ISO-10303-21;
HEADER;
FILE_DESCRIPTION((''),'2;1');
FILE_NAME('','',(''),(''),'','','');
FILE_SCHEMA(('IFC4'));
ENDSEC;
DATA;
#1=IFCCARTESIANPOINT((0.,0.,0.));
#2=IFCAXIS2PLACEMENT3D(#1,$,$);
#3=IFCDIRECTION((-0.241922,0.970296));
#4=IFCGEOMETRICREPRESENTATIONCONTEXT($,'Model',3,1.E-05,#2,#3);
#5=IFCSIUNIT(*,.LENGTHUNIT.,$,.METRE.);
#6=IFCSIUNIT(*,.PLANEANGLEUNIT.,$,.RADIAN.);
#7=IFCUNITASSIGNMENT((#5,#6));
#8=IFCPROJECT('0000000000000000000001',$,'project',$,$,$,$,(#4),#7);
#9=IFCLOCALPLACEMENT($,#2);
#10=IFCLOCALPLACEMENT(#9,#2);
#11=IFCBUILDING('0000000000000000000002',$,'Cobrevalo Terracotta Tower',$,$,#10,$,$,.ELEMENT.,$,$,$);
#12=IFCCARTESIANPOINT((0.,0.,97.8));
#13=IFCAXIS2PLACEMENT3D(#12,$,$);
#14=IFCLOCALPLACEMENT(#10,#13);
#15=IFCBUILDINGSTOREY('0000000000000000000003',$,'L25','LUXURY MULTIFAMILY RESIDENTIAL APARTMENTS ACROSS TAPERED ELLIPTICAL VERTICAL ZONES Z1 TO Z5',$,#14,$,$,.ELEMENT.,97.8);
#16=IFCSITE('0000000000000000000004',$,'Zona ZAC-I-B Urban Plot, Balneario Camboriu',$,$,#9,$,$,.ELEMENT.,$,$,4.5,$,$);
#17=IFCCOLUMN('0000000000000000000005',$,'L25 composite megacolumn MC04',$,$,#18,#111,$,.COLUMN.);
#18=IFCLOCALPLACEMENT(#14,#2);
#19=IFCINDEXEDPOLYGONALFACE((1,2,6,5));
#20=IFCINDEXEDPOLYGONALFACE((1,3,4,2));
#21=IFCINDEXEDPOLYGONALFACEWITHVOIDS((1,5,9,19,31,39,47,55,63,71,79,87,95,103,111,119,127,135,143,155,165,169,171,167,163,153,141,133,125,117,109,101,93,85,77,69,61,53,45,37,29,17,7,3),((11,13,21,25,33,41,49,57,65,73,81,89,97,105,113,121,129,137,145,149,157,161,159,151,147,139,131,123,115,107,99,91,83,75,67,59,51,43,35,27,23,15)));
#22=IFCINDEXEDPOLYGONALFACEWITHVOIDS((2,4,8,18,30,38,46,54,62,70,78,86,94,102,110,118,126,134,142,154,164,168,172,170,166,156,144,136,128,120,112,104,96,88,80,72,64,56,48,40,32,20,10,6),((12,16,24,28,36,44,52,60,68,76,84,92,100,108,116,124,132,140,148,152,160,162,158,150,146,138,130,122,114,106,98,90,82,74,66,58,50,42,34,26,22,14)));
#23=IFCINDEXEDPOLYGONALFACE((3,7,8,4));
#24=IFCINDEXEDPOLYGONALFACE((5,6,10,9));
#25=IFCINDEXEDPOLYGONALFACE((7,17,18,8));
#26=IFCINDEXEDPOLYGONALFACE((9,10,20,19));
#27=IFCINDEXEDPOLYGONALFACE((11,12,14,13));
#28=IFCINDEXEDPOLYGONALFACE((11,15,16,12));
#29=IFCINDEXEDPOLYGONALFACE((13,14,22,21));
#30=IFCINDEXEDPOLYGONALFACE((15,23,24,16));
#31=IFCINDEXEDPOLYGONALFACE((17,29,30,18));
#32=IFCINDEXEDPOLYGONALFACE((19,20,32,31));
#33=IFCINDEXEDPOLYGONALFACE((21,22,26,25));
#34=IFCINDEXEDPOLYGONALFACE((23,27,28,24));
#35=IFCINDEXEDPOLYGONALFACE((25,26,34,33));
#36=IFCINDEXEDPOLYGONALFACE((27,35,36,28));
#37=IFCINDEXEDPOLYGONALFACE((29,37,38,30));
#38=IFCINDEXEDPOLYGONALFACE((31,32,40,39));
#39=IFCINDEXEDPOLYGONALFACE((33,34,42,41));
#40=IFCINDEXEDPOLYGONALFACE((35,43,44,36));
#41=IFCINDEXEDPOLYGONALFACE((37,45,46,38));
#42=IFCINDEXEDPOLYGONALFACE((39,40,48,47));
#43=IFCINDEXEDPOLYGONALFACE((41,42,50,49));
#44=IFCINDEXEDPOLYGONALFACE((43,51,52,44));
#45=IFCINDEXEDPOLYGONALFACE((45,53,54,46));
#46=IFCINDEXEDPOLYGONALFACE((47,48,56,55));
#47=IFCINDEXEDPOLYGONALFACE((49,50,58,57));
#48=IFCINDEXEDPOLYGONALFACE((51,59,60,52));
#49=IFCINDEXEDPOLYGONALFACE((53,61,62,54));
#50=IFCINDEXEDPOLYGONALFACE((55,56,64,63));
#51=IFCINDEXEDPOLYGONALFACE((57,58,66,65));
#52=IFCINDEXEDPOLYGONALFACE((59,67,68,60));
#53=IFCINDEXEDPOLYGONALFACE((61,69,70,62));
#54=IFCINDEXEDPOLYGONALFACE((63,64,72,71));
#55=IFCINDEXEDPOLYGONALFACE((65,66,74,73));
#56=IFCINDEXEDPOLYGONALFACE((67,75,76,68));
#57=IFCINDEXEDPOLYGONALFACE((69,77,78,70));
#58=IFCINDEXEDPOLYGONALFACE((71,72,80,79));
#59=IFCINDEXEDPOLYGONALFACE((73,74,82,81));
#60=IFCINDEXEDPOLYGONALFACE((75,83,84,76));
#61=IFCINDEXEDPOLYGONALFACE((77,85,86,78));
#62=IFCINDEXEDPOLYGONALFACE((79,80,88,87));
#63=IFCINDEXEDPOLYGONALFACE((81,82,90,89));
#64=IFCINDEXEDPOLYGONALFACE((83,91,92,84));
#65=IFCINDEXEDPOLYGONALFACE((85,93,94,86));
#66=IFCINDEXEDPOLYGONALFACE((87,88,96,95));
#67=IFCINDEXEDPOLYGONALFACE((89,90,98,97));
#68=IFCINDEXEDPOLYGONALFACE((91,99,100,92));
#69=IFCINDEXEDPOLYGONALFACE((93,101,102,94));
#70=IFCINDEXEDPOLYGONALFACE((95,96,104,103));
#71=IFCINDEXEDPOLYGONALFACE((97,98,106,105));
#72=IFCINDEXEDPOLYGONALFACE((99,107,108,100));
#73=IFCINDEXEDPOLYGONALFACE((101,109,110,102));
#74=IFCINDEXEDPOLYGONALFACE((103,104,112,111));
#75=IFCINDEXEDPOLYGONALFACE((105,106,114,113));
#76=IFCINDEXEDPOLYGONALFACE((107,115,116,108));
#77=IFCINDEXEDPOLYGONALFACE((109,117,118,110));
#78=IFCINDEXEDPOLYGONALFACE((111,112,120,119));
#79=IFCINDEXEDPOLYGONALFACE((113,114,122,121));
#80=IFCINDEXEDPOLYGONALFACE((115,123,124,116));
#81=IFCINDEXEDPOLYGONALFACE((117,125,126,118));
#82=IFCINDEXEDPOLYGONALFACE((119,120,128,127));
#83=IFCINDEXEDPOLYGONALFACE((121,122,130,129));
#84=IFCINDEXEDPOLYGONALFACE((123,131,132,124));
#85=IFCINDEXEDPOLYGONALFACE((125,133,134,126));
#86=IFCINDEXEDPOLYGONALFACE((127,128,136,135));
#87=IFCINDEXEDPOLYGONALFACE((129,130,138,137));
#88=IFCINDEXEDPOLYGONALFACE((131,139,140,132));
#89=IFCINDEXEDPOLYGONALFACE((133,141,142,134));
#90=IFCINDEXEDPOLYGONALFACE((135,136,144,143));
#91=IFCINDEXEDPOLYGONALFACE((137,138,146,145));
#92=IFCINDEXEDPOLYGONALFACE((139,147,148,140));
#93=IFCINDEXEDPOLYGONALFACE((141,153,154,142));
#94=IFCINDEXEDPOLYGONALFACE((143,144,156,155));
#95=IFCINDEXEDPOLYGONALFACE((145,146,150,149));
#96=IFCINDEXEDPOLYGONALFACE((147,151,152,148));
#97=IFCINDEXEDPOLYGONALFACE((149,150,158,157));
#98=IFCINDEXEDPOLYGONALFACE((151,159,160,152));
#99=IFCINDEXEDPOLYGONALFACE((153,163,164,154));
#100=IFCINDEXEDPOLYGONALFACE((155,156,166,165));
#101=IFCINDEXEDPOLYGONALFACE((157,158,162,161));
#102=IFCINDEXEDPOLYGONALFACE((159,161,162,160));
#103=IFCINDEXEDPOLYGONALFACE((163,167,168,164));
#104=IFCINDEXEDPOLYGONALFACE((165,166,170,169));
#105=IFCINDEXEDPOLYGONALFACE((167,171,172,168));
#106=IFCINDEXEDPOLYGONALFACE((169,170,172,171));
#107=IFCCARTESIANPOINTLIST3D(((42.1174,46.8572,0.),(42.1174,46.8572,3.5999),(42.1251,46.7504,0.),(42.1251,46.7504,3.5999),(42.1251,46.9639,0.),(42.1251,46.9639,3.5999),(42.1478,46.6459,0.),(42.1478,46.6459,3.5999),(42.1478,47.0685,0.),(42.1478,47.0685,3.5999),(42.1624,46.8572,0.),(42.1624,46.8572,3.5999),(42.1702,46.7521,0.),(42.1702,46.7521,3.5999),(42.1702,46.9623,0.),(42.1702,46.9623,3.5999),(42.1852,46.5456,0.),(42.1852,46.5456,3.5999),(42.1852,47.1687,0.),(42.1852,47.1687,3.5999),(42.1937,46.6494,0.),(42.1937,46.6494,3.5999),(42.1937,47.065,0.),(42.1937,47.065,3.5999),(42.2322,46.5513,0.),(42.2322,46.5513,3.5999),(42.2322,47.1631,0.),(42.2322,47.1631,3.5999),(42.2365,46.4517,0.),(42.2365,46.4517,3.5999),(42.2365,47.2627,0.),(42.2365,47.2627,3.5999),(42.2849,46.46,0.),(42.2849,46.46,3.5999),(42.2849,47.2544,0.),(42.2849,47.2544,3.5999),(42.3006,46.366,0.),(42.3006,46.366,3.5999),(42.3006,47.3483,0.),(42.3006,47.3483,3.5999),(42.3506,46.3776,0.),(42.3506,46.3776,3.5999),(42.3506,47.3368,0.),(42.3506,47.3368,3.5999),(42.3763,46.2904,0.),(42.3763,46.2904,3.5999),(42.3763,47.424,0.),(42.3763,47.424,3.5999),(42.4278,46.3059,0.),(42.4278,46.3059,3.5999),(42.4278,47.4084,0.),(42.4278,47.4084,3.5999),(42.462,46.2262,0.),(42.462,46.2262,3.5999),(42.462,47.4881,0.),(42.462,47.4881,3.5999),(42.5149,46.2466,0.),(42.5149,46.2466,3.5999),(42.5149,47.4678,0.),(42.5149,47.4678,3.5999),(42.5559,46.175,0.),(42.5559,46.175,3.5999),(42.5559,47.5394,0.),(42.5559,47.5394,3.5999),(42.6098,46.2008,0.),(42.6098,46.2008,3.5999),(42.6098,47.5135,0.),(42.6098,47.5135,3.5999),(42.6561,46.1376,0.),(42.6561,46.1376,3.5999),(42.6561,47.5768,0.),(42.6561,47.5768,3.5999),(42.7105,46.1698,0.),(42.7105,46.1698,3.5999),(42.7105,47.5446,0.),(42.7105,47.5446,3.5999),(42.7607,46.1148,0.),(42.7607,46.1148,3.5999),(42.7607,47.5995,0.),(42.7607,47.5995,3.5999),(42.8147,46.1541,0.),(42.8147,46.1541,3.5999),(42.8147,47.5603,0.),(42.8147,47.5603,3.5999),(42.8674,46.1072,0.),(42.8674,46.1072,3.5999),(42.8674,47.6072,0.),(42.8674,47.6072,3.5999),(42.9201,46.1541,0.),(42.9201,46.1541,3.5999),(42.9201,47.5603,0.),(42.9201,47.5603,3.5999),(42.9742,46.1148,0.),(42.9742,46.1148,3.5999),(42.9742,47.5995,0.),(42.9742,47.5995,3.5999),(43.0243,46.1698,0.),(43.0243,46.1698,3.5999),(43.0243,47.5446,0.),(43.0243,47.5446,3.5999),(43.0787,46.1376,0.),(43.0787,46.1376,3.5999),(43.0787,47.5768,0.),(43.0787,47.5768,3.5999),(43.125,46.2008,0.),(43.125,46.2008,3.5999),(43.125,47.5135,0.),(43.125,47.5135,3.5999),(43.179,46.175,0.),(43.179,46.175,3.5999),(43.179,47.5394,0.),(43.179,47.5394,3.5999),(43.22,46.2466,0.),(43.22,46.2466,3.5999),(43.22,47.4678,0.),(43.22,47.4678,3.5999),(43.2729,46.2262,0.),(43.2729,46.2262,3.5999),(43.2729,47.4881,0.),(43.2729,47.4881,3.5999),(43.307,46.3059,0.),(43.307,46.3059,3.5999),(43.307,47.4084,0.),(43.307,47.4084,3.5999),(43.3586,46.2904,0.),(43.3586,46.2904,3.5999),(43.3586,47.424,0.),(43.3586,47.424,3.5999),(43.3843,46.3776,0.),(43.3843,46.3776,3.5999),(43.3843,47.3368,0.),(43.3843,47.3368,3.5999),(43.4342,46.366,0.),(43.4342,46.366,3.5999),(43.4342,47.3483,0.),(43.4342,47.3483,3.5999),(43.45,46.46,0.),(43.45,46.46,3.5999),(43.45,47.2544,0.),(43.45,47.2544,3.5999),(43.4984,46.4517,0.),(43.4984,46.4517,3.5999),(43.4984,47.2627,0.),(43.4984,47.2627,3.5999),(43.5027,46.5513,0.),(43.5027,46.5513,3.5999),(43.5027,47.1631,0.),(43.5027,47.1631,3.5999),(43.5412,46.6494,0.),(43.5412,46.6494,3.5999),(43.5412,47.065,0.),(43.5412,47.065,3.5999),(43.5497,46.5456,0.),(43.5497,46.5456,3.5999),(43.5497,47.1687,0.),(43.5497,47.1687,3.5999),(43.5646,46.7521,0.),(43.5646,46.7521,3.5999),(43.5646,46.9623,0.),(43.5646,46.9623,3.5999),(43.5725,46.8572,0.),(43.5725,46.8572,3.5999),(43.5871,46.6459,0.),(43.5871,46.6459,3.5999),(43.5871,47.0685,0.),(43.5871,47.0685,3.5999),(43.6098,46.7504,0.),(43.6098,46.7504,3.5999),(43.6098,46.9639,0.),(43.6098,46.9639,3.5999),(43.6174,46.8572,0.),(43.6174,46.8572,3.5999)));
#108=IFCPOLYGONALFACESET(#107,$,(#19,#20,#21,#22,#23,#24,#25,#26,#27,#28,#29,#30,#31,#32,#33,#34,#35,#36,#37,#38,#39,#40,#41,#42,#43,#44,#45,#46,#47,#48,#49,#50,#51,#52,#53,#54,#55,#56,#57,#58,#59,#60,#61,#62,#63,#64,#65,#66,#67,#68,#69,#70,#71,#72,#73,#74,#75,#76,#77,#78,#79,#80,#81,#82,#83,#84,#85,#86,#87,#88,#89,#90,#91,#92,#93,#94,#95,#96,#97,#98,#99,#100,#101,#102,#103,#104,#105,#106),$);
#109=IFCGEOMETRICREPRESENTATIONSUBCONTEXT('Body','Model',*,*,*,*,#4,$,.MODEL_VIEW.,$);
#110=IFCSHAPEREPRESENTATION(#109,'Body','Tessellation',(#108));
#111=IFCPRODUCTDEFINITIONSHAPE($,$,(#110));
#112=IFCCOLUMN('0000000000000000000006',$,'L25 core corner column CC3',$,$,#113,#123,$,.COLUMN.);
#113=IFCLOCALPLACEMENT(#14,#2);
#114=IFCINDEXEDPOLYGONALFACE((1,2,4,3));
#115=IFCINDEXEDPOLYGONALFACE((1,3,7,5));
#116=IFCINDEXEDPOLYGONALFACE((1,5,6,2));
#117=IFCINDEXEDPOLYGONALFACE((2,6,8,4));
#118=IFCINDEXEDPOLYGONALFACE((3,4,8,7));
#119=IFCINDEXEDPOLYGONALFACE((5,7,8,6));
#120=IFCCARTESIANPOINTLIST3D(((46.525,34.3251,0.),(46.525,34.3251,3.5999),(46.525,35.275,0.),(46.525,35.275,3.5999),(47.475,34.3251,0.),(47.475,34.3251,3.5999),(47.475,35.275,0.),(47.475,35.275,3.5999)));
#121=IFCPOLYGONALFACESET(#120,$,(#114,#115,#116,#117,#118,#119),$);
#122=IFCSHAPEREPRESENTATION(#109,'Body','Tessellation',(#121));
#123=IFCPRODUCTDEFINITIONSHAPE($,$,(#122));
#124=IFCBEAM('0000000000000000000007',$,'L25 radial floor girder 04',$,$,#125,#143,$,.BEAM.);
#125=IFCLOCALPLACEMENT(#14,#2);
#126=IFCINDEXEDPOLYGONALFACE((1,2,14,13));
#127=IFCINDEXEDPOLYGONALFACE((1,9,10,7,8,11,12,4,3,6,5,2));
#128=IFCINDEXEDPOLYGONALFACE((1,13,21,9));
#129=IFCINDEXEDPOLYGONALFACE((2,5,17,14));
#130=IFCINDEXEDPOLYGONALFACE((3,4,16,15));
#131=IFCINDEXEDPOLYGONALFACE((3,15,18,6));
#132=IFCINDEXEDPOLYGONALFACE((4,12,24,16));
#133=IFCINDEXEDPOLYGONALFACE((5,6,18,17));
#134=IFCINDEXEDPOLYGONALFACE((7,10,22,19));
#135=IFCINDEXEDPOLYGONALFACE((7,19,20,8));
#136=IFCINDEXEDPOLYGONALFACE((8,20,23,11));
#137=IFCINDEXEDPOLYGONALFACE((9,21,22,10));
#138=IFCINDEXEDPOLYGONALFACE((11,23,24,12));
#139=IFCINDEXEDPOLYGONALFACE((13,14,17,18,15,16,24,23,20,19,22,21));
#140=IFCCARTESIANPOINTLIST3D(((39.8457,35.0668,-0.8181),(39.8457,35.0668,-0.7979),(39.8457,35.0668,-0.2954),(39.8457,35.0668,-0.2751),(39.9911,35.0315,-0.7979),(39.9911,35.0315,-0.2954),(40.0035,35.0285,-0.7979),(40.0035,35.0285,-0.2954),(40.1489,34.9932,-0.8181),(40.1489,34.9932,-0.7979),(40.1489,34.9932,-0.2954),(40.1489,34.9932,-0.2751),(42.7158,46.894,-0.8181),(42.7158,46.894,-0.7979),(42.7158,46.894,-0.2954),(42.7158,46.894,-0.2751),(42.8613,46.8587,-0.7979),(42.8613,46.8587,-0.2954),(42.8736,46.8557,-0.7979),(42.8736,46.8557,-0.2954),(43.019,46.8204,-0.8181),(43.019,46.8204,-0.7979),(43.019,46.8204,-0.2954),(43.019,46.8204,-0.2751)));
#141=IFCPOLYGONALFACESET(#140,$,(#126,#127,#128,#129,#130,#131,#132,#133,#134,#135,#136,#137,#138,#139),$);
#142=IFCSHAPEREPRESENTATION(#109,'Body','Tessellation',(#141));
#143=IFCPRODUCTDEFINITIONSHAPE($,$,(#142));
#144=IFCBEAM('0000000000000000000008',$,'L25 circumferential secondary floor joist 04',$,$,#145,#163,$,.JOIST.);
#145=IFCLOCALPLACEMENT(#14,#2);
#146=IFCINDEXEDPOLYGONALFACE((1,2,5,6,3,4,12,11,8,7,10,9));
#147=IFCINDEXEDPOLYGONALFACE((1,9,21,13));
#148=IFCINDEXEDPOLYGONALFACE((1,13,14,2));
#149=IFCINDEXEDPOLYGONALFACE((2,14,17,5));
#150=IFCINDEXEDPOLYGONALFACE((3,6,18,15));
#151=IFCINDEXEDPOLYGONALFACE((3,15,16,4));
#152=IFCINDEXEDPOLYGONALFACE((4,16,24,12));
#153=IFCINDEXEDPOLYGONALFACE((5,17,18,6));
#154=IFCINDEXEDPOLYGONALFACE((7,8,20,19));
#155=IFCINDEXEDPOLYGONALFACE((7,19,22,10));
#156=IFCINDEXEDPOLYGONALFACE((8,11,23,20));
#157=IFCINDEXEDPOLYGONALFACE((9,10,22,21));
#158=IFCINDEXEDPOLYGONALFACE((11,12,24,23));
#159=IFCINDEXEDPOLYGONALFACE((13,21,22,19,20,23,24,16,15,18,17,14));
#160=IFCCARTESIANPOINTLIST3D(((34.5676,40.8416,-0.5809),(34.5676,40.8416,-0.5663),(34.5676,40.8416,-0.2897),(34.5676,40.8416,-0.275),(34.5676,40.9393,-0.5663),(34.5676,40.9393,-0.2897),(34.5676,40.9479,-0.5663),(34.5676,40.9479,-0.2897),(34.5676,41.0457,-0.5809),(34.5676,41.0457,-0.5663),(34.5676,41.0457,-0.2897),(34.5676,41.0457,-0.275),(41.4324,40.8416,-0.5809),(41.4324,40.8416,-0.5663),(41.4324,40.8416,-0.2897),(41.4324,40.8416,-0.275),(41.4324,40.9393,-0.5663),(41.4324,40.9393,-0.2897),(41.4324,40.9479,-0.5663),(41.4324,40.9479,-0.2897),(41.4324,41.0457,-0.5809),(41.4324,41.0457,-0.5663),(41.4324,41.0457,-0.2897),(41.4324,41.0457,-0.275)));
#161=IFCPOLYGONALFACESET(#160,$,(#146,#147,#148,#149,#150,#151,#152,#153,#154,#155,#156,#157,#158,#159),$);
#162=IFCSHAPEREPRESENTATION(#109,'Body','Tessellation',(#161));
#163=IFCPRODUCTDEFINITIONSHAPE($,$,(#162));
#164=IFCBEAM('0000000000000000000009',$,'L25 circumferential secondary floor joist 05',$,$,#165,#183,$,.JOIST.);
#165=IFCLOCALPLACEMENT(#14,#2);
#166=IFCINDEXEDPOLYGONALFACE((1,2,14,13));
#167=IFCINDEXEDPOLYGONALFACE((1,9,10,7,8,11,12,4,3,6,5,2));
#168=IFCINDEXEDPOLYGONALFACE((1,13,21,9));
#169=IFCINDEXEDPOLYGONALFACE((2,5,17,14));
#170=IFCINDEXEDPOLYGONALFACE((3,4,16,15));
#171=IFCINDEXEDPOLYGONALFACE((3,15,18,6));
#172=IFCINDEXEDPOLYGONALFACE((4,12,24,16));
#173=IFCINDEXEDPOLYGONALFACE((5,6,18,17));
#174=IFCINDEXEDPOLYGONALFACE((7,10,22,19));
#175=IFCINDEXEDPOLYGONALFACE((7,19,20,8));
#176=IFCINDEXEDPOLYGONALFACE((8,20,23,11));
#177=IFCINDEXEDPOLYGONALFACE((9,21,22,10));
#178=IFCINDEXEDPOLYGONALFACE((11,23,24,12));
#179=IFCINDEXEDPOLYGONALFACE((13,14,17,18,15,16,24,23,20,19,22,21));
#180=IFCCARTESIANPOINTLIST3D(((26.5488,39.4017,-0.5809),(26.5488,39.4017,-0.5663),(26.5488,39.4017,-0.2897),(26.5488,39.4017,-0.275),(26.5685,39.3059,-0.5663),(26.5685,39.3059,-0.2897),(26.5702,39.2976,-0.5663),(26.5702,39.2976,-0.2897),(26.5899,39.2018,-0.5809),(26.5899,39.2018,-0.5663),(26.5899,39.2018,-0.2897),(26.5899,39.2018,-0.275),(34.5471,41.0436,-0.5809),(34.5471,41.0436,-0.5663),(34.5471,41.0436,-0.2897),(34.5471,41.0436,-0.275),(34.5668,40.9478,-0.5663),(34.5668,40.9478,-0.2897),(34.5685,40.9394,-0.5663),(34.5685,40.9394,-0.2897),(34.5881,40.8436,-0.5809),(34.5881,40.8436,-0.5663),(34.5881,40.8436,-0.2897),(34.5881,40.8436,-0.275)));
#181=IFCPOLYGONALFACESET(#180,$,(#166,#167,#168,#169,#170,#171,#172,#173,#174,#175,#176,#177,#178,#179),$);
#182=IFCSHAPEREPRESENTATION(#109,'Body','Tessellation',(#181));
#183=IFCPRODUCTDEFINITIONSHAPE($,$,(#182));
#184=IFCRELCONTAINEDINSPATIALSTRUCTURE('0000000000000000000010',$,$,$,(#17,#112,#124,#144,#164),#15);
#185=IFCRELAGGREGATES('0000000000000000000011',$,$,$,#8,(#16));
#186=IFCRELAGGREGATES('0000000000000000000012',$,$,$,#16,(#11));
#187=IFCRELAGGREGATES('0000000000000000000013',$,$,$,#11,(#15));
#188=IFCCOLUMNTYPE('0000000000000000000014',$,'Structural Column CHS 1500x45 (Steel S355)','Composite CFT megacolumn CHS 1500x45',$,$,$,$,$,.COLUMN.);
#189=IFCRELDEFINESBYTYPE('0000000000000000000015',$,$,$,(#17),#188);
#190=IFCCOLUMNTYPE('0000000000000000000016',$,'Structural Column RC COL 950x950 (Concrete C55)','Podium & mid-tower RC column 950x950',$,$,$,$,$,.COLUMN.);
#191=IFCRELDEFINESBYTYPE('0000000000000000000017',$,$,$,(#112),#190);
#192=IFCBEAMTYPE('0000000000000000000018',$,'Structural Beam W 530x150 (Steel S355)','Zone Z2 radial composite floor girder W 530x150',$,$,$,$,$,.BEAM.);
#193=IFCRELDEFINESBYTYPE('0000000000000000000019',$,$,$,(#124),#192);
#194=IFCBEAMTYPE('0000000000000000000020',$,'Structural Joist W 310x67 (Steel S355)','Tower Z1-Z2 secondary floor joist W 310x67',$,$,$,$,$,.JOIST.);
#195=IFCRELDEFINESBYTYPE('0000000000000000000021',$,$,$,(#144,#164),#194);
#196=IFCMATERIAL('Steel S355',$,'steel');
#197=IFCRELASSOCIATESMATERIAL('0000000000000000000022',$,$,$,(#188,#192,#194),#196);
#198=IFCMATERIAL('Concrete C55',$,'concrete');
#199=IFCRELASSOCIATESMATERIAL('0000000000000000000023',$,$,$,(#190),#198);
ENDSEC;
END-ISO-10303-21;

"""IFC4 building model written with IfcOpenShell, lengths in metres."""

from ifc_helpers import new_model, si_unit, direction, frame, origin, origin_2d, place, context, subcontext, project, spatial, rectangle, hollow_circle, i_section, extrude, material, material_profile, profile_set, type_object, element, save


model = new_model("IFC4")

# Units and contexts
model_context = context("Model", 3, precision=1e-05, world=origin(), true_north=direction((-0.241922, 0.970296)))
body_context = subcontext(model_context, "Body", "Model", "MODEL_VIEW")
ifc_project = project(units=[si_unit("LENGTHUNIT", "METRE"), si_unit("PLANEANGLEUNIT", "RADIAN")], contexts=[model_context])

# Site, building, storey
site_placement = place(None, origin())
site = spatial("IfcSite", under=ifc_project, at=site_placement, Name="Zona ZAC-I-B Urban Plot, Balneario Camboriu", CompositionType="ELEMENT", RefElevation=4.5)
building_placement = place(site_placement, origin())
building = spatial("IfcBuilding", under=site, at=building_placement, Name="Cobrevalo Terracotta Tower", CompositionType="ELEMENT")
storey_placement = place(building_placement, frame((0.0, 0.0, 97.8)))
storey = spatial("IfcBuildingStorey", under=building, at=storey_placement, Name="L25", Description="LUXURY MULTIFAMILY RESIDENTIAL APARTMENTS ACROSS TAPERED ELLIPTICAL VERTICAL ZONES Z1 TO Z5", CompositionType="ELEMENT", Elevation=97.8)

# Columns
ifc_material_1 = material(Name="Steel S355", Category="steel")
ifc_material_profile_1 = material_profile(ifc_material_1, hollow_circle(Radius=0.75, WallThickness=0.0449, at=origin_2d()), Name="CHS 1500x45")
ifc_profile_set_1 = profile_set([ifc_material_profile_1], Name="Steel S355")
column_type_1 = type_object("IfcColumnType", Name="Structural Column CHS 1500x45 (Steel S355)", Description="Composite CFT megacolumn CHS 1500x45", PredefinedType="COLUMN", material=ifc_profile_set_1)
column_1_placement = place(storey_placement, frame((42.8674, 46.8572, 0.0), z_axis=(0.0, 0.0, 1.0), x_axis=(1.0, 0.0, 0.0)))
element("IfcColumn", 1, at=column_1_placement, inside=storey, type_object=column_type_1, Name="L25 composite megacolumn MC04", PredefinedType="COLUMN", context=body_context, shape_type="SweptSolid", body=[
    extrude(hollow_circle(Radius=0.75, WallThickness=0.0449, at=origin_2d()), origin(), (0.0, 0.0, 1.0), 3.5999),
])
ifc_material_2 = material(Name="Concrete C55", Category="concrete")
ifc_material_profile_2 = material_profile(ifc_material_2, rectangle(XDim=0.95, YDim=0.95, at=origin_2d()), Name="RC COL 950x950")
ifc_profile_set_2 = profile_set([ifc_material_profile_2], Name="Concrete C55")
column_type_2 = type_object("IfcColumnType", Name="Structural Column RC COL 950x950 (Concrete C55)", Description="Podium & mid-tower RC column 950x950", PredefinedType="COLUMN", material=ifc_profile_set_2)
column_2_placement = place(storey_placement, frame((47.0, 34.8, 0.0), z_axis=(0.0, 0.0, 1.0), x_axis=(1.0, 0.0, 0.0)))
element("IfcColumn", 2, at=column_2_placement, inside=storey, type_object=column_type_2, Name="L25 core corner column CC3", PredefinedType="COLUMN", context=body_context, shape_type="SweptSolid", body=[
    extrude(rectangle(XDim=0.95, YDim=0.95, at=origin_2d()), origin(), (0.0, 0.0, 1.0), 3.5999),
])

# Beams
ifc_material_profile_3 = material_profile(ifc_material_1, i_section(OverallWidth=0.312, OverallDepth=0.543, WebThickness=0.0127, FlangeThickness=0.0203, at=origin_2d()), Name="W 530x150")
ifc_profile_set_3 = profile_set([ifc_material_profile_3], Name="Steel S355")
beam_type_1 = type_object("IfcBeamType", Name="Structural Beam W 530x150 (Steel S355)", Description="Zone Z2 radial composite floor girder W 530x150", PredefinedType="BEAM", material=ifc_profile_set_3)
beam_1_placement = place(storey_placement, frame((42.8674, 46.8572, -0.5466), z_axis=(-0.235827, -0.971795, 0.0), x_axis=(0.971795, -0.235827, 0.0)))
element("IfcBeam", 3, at=beam_1_placement, inside=storey, type_object=beam_type_1, Name="L25 radial floor girder 04", PredefinedType="BEAM", context=body_context, shape_type="SweptSolid", body=[
    extrude(i_section(OverallWidth=0.312, OverallDepth=0.543, WebThickness=0.0127, FlangeThickness=0.0203, at=origin_2d()), origin(), (0.0, 0.0, 1.0), 12.1704),
])
ifc_material_profile_4 = material_profile(ifc_material_1, i_section(OverallWidth=0.2041, OverallDepth=0.3059, WebThickness=0.0085, FlangeThickness=0.0146, at=origin_2d()), Name="W 310x67")
ifc_profile_set_4 = profile_set([ifc_material_profile_4], Name="Steel S355")
beam_type_2 = type_object("IfcBeamType", Name="Structural Joist W 310x67 (Steel S355)", Description="Tower Z1-Z2 secondary floor joist W 310x67", PredefinedType="JOIST", material=ifc_profile_set_4)
beam_2_placement = place(storey_placement, frame((41.4324, 40.9436, -0.428), z_axis=(-1.0, 0.0, 0.0), x_axis=(0.0, -1.0, 0.0)))
element("IfcBeam", 4, at=beam_2_placement, inside=storey, type_object=beam_type_2, Name="L25 circumferential secondary floor joist 04", PredefinedType="JOIST", context=body_context, shape_type="SweptSolid", body=[
    extrude(i_section(OverallWidth=0.2041, OverallDepth=0.3059, WebThickness=0.0085, FlangeThickness=0.0146, at=origin_2d()), origin(), (0.0, 0.0, 1.0), 6.8647),
])
beam_3_placement = place(storey_placement, frame((34.5676, 40.9436, -0.428), z_axis=(-0.979574, -0.201082, 0.0), x_axis=(0.201082, -0.979574, 0.0)))
element("IfcBeam", 5, at=beam_3_placement, inside=storey, type_object=beam_type_2, Name="L25 circumferential secondary floor joist 05", PredefinedType="JOIST", context=body_context, shape_type="SweptSolid", body=[
    extrude(i_section(OverallWidth=0.2041, OverallDepth=0.3059, WebThickness=0.0085, FlangeThickness=0.0146, at=origin_2d()), origin(), (0.0, 0.0, 1.0), 8.165),
])

save(model, "model.ifc")
